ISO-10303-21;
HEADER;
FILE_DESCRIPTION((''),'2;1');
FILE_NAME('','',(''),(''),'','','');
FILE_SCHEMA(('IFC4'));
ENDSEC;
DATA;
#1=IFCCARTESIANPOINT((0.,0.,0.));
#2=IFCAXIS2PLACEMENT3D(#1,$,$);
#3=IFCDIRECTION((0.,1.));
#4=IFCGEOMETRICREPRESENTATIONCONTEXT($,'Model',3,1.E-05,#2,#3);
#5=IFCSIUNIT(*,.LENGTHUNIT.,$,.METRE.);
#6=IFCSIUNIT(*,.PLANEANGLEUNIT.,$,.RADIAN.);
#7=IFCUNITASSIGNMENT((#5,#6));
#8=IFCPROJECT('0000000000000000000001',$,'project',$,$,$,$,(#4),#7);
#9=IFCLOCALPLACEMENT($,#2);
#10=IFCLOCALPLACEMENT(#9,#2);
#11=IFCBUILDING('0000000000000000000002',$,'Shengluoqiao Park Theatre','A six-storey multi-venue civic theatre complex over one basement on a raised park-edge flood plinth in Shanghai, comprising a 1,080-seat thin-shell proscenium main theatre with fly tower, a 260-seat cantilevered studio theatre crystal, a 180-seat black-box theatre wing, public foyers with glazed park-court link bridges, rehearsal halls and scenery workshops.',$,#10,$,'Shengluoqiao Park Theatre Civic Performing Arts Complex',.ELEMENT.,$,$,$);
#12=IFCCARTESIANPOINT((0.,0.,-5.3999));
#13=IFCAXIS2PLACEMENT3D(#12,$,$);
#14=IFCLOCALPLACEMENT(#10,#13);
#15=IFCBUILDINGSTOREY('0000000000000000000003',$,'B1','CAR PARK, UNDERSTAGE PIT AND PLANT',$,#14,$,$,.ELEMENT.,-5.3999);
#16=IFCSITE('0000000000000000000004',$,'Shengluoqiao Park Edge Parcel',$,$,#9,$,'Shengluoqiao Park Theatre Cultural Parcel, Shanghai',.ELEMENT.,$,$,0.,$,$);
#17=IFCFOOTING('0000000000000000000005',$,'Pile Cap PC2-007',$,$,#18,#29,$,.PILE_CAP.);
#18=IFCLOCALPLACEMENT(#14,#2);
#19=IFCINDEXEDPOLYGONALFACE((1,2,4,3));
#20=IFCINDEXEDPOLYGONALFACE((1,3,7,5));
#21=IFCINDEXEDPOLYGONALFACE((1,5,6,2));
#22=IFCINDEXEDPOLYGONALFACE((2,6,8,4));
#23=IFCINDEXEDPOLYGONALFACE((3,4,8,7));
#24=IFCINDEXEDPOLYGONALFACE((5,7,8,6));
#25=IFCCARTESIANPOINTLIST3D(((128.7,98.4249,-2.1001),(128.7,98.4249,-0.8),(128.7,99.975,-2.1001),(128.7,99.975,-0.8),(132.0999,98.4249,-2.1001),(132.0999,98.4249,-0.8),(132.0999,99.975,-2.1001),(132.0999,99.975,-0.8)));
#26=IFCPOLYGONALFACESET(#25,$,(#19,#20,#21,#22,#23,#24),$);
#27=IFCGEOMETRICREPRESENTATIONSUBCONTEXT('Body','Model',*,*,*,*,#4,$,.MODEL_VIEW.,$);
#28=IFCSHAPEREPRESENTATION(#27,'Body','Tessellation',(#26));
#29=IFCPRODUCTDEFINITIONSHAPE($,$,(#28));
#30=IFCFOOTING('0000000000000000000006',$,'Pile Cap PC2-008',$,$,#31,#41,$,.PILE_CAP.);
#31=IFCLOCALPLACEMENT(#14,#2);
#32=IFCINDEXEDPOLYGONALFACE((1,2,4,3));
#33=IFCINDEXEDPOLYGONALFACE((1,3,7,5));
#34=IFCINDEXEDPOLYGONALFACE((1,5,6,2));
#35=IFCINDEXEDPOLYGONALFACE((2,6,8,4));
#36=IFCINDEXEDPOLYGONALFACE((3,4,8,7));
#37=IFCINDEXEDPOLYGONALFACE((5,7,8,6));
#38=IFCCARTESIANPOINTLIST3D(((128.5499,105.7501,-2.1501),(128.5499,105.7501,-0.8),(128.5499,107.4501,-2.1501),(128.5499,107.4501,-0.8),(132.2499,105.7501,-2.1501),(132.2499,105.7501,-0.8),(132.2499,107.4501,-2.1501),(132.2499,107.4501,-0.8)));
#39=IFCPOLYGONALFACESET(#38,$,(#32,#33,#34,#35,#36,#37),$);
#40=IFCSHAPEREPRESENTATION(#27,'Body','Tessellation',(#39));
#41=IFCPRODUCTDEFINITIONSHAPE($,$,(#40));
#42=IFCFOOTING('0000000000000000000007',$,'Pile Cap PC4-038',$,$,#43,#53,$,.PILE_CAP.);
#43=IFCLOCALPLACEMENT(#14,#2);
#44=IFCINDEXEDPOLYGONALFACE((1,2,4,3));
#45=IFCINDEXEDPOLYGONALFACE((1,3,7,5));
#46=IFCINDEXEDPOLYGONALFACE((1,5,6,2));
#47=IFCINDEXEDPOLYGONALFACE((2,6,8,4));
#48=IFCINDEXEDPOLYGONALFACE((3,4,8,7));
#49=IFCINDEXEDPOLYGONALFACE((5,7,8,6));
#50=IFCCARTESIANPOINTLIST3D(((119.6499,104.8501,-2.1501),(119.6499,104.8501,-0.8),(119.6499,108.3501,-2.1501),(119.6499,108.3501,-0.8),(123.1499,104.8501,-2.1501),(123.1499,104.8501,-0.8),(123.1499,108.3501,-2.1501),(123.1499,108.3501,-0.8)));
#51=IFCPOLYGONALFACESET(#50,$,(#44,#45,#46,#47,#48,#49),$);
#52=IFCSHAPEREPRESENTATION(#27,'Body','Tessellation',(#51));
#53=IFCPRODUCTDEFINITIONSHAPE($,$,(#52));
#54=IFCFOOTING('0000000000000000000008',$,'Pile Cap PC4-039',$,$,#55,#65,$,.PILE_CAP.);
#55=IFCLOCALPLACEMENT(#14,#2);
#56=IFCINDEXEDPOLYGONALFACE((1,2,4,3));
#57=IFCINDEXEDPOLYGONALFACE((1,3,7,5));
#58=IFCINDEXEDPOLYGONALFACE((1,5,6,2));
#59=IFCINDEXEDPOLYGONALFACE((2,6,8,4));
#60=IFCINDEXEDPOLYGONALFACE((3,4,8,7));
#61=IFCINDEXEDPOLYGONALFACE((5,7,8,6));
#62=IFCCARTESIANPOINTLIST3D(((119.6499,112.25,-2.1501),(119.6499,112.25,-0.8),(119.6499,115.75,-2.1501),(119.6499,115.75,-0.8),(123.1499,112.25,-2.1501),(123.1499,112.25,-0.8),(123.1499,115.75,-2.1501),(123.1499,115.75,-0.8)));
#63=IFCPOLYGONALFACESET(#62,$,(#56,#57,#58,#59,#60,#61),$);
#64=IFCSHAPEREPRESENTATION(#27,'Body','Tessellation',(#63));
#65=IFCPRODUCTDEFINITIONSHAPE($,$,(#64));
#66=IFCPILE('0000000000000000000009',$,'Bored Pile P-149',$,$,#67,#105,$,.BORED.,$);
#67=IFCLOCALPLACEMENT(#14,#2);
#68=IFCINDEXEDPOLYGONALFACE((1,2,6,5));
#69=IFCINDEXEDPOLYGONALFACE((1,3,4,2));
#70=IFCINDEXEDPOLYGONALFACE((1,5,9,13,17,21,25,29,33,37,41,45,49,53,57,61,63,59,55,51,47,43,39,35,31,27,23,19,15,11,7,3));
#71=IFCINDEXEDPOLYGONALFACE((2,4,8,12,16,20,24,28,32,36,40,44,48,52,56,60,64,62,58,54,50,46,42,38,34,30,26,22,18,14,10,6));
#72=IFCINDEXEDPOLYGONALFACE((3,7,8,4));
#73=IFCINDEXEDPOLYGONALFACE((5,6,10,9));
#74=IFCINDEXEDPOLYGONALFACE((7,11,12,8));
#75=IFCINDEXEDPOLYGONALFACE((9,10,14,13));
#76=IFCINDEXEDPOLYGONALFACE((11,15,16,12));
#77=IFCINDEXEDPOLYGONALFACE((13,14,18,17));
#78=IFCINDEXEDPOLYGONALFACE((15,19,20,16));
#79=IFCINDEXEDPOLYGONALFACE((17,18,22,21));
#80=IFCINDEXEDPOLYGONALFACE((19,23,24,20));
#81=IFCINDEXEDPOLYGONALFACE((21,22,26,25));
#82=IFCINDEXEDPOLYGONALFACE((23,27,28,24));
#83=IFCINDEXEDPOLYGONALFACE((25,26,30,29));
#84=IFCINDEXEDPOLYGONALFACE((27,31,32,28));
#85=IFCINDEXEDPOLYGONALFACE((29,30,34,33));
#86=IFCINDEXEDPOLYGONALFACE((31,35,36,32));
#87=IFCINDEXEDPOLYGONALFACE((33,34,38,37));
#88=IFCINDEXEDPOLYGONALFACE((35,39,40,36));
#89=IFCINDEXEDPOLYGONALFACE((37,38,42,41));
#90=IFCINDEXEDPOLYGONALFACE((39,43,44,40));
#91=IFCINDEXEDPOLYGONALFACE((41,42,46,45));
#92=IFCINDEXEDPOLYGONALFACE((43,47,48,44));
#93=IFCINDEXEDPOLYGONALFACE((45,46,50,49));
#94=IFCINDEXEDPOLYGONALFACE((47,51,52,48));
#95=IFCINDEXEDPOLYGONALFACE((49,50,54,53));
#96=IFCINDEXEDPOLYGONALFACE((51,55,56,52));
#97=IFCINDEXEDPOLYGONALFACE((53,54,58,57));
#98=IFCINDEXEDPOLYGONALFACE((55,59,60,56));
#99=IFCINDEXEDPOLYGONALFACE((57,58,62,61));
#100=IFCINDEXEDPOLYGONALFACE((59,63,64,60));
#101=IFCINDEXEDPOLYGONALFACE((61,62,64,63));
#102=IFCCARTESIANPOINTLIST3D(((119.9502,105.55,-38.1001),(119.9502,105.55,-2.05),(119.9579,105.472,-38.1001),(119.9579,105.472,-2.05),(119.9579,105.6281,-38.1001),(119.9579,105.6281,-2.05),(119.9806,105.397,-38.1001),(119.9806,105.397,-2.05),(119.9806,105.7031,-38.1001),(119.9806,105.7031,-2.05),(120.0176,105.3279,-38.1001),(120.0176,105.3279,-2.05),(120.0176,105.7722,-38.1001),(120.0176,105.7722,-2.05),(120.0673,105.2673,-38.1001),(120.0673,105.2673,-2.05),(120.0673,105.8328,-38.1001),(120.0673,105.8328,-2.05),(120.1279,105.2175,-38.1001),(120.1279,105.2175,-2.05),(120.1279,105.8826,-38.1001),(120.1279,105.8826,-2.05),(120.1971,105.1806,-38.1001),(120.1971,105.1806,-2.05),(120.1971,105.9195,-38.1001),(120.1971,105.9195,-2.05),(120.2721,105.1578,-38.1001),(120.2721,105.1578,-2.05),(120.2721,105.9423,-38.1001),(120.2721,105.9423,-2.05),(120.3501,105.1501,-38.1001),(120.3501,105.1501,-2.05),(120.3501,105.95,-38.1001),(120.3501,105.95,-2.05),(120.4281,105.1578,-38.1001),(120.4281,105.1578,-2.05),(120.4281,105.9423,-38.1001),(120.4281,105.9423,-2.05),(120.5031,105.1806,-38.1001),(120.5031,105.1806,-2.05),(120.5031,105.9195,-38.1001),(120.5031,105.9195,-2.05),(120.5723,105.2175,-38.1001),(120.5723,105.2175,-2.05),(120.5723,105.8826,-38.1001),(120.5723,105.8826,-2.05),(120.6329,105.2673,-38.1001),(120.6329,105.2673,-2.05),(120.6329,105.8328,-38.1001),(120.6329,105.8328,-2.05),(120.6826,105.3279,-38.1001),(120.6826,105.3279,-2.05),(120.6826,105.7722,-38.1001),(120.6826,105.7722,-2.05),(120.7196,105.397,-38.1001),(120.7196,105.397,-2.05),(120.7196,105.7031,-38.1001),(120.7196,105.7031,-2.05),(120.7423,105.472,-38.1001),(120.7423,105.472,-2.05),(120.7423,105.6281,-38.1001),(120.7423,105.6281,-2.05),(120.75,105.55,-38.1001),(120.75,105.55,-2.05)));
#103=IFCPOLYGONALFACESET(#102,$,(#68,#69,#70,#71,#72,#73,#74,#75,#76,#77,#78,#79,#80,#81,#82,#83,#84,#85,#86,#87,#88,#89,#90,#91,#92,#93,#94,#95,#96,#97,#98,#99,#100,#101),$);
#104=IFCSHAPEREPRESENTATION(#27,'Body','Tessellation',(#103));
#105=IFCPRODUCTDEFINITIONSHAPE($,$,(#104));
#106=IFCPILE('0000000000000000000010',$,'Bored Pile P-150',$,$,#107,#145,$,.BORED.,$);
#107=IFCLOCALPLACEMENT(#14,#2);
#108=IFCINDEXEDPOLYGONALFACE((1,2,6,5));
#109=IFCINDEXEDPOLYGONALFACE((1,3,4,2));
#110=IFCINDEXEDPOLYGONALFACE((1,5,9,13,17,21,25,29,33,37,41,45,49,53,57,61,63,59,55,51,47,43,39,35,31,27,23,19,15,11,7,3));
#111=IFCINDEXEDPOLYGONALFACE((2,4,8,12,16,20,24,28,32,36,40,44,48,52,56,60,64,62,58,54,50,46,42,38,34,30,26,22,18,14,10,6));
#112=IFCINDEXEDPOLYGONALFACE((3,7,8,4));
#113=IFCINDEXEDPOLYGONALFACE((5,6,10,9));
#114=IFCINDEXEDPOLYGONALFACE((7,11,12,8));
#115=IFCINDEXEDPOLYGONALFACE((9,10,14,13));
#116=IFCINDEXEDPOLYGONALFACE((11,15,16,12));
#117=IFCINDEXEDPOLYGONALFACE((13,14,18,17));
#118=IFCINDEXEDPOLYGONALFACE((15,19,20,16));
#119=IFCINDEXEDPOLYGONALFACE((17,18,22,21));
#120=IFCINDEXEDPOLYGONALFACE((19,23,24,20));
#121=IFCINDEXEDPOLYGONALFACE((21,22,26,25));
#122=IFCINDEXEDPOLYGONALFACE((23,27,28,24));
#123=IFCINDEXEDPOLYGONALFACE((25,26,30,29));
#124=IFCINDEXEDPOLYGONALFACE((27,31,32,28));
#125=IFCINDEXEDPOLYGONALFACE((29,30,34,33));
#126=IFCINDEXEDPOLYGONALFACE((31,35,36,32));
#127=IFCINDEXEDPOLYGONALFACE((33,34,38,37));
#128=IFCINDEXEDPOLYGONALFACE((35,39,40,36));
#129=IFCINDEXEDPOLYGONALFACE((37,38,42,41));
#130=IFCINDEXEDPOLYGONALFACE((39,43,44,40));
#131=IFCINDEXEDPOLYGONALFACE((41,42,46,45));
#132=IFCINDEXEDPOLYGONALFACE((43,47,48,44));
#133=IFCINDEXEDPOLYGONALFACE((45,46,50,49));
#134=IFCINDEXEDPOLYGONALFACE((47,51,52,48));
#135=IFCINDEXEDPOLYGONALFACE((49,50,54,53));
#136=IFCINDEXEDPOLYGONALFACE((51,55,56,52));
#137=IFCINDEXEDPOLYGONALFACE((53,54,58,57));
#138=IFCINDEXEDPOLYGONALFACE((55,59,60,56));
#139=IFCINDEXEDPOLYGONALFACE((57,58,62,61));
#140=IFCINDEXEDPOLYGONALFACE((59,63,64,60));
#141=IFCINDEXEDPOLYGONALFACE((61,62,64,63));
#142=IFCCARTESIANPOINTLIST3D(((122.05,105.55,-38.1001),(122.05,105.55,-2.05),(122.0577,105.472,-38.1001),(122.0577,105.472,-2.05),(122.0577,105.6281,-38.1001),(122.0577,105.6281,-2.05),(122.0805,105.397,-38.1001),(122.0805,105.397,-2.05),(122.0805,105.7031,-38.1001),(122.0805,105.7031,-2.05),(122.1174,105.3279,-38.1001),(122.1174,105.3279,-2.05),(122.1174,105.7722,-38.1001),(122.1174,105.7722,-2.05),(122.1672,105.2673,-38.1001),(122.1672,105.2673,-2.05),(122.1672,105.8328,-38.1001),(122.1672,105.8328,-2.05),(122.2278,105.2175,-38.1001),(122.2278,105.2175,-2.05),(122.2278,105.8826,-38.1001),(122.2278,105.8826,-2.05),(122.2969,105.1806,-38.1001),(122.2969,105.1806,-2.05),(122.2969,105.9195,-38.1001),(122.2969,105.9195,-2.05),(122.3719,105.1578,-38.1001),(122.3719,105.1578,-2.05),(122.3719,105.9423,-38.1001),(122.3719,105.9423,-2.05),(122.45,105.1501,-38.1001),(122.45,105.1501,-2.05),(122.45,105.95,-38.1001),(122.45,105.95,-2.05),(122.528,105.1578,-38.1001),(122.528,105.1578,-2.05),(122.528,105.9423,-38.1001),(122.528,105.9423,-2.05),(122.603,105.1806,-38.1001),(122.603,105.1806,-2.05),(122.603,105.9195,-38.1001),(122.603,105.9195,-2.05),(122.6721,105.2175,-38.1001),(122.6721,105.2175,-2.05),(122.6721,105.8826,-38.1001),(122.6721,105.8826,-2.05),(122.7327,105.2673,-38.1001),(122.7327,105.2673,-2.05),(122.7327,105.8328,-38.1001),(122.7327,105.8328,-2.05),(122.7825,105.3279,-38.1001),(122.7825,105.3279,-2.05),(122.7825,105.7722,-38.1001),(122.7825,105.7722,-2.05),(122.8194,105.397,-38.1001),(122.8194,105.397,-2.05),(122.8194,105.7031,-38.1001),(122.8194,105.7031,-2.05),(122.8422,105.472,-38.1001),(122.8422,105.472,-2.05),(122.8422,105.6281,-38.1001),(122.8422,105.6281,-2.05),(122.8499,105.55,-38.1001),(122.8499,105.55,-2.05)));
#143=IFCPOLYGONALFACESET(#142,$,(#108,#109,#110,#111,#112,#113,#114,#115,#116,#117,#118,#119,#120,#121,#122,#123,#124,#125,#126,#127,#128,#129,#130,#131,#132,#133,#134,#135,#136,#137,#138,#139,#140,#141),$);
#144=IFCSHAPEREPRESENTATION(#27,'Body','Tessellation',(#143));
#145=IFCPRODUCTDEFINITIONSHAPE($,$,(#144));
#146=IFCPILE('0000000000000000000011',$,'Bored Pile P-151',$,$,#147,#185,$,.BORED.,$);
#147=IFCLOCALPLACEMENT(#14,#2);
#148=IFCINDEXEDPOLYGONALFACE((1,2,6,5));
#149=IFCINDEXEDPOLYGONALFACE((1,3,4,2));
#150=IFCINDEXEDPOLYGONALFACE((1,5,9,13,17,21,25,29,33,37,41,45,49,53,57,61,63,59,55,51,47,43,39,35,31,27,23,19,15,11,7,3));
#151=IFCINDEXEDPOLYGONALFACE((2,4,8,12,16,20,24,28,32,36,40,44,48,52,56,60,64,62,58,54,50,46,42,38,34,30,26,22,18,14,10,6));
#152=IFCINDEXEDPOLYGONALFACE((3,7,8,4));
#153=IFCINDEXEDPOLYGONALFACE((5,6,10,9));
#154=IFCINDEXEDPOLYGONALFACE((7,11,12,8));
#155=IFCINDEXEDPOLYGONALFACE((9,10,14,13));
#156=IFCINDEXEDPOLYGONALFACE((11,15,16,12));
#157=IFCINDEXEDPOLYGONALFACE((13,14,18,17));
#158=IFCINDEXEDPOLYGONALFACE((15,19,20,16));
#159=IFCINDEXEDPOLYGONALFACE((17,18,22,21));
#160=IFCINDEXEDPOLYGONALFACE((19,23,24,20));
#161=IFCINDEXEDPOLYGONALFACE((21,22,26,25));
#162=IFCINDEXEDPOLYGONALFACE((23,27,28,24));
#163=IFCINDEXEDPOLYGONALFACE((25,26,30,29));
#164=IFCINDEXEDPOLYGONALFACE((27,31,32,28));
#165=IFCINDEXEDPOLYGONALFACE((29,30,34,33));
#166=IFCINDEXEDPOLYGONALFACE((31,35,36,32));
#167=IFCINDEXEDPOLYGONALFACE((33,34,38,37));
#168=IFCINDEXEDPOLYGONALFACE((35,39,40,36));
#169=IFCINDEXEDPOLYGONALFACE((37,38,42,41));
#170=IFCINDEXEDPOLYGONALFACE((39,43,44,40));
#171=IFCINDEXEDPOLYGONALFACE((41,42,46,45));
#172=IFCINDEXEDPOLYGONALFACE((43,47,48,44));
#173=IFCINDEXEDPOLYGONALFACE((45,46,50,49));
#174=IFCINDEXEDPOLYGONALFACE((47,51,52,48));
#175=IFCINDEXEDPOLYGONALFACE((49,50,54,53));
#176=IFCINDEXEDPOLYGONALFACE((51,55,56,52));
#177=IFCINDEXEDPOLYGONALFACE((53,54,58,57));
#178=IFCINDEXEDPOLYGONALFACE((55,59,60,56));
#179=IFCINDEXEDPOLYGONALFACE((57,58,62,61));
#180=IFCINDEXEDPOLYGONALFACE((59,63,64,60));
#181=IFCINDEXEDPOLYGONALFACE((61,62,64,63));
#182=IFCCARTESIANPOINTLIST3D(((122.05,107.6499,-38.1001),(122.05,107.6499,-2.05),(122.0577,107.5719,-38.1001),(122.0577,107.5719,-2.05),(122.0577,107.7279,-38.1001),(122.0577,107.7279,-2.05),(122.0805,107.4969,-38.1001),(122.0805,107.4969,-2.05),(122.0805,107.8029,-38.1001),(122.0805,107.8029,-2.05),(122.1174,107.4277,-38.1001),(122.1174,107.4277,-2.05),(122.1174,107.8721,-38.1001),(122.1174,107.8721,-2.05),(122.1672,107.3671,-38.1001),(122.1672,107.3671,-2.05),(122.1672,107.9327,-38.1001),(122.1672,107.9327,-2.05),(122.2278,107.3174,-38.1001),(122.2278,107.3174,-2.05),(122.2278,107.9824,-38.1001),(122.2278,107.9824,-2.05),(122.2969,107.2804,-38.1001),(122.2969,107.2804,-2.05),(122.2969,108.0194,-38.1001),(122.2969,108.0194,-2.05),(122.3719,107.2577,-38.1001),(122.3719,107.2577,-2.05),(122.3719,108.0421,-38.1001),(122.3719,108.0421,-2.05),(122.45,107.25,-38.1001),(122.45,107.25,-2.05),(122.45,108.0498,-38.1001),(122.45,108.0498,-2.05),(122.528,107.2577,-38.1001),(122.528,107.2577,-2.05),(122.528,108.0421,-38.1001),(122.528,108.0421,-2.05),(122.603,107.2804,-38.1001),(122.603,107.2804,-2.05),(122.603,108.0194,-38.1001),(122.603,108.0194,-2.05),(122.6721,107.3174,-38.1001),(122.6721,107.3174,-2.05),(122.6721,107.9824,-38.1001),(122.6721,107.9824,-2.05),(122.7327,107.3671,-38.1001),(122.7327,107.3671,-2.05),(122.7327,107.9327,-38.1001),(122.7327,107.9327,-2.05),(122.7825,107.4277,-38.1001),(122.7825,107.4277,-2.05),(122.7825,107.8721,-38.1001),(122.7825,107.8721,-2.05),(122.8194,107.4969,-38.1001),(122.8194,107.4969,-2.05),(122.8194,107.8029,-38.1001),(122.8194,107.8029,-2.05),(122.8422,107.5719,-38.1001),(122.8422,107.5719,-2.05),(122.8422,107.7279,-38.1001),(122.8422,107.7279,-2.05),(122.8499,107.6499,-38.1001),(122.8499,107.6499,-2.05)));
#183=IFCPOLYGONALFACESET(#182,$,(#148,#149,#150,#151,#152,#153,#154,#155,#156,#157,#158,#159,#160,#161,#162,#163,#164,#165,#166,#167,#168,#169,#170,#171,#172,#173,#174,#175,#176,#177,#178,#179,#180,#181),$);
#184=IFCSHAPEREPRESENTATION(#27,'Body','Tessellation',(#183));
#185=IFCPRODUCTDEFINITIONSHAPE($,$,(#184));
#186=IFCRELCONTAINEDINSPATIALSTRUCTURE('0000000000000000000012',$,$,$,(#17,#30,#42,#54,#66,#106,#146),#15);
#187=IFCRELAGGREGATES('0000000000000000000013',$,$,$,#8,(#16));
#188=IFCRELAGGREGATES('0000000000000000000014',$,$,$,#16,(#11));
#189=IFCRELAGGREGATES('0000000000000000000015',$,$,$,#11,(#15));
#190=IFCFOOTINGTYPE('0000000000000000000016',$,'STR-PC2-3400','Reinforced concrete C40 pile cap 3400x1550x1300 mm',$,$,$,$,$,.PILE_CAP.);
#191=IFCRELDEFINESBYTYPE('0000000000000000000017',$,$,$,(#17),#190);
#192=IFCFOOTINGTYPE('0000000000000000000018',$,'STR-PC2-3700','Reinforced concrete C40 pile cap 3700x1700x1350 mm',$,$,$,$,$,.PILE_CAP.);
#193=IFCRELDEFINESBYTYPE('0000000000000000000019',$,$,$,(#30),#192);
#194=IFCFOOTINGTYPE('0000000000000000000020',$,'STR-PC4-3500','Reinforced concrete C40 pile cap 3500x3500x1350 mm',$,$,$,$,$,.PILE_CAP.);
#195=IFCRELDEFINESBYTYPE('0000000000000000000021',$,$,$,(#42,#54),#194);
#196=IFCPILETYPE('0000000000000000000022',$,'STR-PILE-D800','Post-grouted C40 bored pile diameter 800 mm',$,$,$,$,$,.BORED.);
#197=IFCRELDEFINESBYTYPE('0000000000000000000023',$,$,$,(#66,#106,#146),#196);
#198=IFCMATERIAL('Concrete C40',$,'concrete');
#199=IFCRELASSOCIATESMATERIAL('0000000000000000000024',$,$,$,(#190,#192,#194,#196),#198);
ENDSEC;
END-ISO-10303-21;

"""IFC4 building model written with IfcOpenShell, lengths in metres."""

from ifc_helpers import new_model, si_unit, direction, frame, origin, origin_2d, place, context, subcontext, project, spatial, rectangle, circle, extrude, material, material_profile, profile_set, type_object, element, save


model = new_model("IFC4")

# Units and contexts
model_context = context("Model", 3, precision=1e-05, world=origin(), true_north=direction((0.0, 1.0)))
body_context = subcontext(model_context, "Body", "Model", "MODEL_VIEW")
ifc_project = project(units=[si_unit("LENGTHUNIT", "METRE"), si_unit("PLANEANGLEUNIT", "RADIAN")], contexts=[model_context])

# Site, building, storey
site_placement = place(None, origin())
site = spatial("IfcSite", under=ifc_project, at=site_placement, Name="Shengluoqiao Park Edge Parcel", LongName="Shengluoqiao Park Theatre Cultural Parcel, Shanghai", CompositionType="ELEMENT", RefElevation=0.0)
building_placement = place(site_placement, origin())
building = spatial("IfcBuilding", under=site, at=building_placement, Name="Shengluoqiao Park Theatre", Description="A six-storey multi-venue civic theatre complex over one basement on a raised park-edge flood plinth in Shanghai, comprising a 1,080-seat thin-shell proscenium main theatre with fly tower, a 260-seat cantilevered studio theatre crystal, a 180-seat black-box theatre wing, public foyers with glazed park-court link bridges, rehearsal halls and scenery workshops.", LongName="Shengluoqiao Park Theatre Civic Performing Arts Complex", CompositionType="ELEMENT")
storey_placement = place(building_placement, frame((0.0, 0.0, -5.3999)))
storey = spatial("IfcBuildingStorey", under=building, at=storey_placement, Name="B1", Description="CAR PARK, UNDERSTAGE PIT AND PLANT", CompositionType="ELEMENT", Elevation=-5.3999)

# Footings
ifc_material_1 = material(Name="Concrete C40", Category="concrete")
footing_type_1 = type_object("IfcFootingType", Name="STR-PC2-3400", Description="Reinforced concrete C40 pile cap 3400x1550x1300 mm", PredefinedType="PILE_CAP", material=ifc_material_1)
footing_1_placement = place(storey_placement, frame((130.3999, 99.2, -2.1001), z_axis=(0.0, 0.0, 1.0), x_axis=(1.0, 0.0, 0.0)))
element("IfcFooting", 1, at=footing_1_placement, inside=storey, type_object=footing_type_1, Name="Pile Cap PC2-007", PredefinedType="PILE_CAP", context=body_context, shape_type="SweptSolid", body=[
    extrude(rectangle(XDim=3.3999, YDim=1.55, at=origin_2d()), origin(), (0.0, 0.0, 1.0), 1.3),
])
footing_type_2 = type_object("IfcFootingType", Name="STR-PC2-3700", Description="Reinforced concrete C40 pile cap 3700x1700x1350 mm", PredefinedType="PILE_CAP", material=ifc_material_1)
footing_2_placement = place(storey_placement, frame((130.3999, 106.6001, -2.1501), z_axis=(0.0, 0.0, 1.0), x_axis=(1.0, 0.0, 0.0)))
element("IfcFooting", 2, at=footing_2_placement, inside=storey, type_object=footing_type_2, Name="Pile Cap PC2-008", PredefinedType="PILE_CAP", context=body_context, shape_type="SweptSolid", body=[
    extrude(rectangle(XDim=3.7, YDim=1.7, at=origin_2d()), origin(), (0.0, 0.0, 1.0), 1.3501),
])
footing_type_3 = type_object("IfcFootingType", Name="STR-PC4-3500", Description="Reinforced concrete C40 pile cap 3500x3500x1350 mm", PredefinedType="PILE_CAP", material=ifc_material_1)
for number, where, z_axis, x_axis, name in (
    (3, (121.3999, 106.6001, -2.1501), (0.0, 0.0, 1.0), (1.0, 0.0, 0.0), "Pile Cap PC4-038"),
    (4, (121.3999, 114.0, -2.1501), (0.0, 0.0, 1.0), (1.0, 0.0, 0.0), "Pile Cap PC4-039"),
):
    element("IfcFooting", number, at=place(storey_placement, frame(where, z_axis=z_axis, x_axis=x_axis)), inside=storey, type_object=footing_type_3, Name=name, PredefinedType="PILE_CAP", context=body_context, shape_type="SweptSolid", body=[
        extrude(rectangle(XDim=3.5, YDim=3.5, at=origin_2d()), origin(), (0.0, 0.0, 1.0), 1.3501),
    ])

# Piles
ifc_material_profile_1 = material_profile(ifc_material_1, circle(Radius=0.3999, at=origin_2d()), Name="BORED PILE D800")
ifc_profile_set_1 = profile_set([ifc_material_profile_1], Name="Concrete C40")
pile_type_1 = type_object("IfcPileType", Name="STR-PILE-D800", Description="Post-grouted C40 bored pile diameter 800 mm", PredefinedType="BORED", material=ifc_profile_set_1)
for number, where, z_axis, x_axis, name in (
    (5, (120.3501, 105.55, -2.05), (0.0, 0.0, -1.0), (1.0, 0.0, 0.0), "Bored Pile P-149"),
    (6, (122.45, 105.55, -2.05), (0.0, 0.0, -1.0), (1.0, 0.0, 0.0), "Bored Pile P-150"),
    (7, (122.45, 107.6499, -2.05), (0.0, 0.0, -1.0), (1.0, 0.0, 0.0), "Bored Pile P-151"),
):
    element("IfcPile", number, at=place(storey_placement, frame(where, z_axis=z_axis, x_axis=x_axis)), inside=storey, type_object=pile_type_1, Name=name, PredefinedType="BORED", context=body_context, shape_type="SweptSolid", body=[
        extrude(circle(Radius=0.3999, at=origin_2d()), origin(), (0.0, 0.0, 1.0), 36.05),
    ])

save(model, "model.ifc")
